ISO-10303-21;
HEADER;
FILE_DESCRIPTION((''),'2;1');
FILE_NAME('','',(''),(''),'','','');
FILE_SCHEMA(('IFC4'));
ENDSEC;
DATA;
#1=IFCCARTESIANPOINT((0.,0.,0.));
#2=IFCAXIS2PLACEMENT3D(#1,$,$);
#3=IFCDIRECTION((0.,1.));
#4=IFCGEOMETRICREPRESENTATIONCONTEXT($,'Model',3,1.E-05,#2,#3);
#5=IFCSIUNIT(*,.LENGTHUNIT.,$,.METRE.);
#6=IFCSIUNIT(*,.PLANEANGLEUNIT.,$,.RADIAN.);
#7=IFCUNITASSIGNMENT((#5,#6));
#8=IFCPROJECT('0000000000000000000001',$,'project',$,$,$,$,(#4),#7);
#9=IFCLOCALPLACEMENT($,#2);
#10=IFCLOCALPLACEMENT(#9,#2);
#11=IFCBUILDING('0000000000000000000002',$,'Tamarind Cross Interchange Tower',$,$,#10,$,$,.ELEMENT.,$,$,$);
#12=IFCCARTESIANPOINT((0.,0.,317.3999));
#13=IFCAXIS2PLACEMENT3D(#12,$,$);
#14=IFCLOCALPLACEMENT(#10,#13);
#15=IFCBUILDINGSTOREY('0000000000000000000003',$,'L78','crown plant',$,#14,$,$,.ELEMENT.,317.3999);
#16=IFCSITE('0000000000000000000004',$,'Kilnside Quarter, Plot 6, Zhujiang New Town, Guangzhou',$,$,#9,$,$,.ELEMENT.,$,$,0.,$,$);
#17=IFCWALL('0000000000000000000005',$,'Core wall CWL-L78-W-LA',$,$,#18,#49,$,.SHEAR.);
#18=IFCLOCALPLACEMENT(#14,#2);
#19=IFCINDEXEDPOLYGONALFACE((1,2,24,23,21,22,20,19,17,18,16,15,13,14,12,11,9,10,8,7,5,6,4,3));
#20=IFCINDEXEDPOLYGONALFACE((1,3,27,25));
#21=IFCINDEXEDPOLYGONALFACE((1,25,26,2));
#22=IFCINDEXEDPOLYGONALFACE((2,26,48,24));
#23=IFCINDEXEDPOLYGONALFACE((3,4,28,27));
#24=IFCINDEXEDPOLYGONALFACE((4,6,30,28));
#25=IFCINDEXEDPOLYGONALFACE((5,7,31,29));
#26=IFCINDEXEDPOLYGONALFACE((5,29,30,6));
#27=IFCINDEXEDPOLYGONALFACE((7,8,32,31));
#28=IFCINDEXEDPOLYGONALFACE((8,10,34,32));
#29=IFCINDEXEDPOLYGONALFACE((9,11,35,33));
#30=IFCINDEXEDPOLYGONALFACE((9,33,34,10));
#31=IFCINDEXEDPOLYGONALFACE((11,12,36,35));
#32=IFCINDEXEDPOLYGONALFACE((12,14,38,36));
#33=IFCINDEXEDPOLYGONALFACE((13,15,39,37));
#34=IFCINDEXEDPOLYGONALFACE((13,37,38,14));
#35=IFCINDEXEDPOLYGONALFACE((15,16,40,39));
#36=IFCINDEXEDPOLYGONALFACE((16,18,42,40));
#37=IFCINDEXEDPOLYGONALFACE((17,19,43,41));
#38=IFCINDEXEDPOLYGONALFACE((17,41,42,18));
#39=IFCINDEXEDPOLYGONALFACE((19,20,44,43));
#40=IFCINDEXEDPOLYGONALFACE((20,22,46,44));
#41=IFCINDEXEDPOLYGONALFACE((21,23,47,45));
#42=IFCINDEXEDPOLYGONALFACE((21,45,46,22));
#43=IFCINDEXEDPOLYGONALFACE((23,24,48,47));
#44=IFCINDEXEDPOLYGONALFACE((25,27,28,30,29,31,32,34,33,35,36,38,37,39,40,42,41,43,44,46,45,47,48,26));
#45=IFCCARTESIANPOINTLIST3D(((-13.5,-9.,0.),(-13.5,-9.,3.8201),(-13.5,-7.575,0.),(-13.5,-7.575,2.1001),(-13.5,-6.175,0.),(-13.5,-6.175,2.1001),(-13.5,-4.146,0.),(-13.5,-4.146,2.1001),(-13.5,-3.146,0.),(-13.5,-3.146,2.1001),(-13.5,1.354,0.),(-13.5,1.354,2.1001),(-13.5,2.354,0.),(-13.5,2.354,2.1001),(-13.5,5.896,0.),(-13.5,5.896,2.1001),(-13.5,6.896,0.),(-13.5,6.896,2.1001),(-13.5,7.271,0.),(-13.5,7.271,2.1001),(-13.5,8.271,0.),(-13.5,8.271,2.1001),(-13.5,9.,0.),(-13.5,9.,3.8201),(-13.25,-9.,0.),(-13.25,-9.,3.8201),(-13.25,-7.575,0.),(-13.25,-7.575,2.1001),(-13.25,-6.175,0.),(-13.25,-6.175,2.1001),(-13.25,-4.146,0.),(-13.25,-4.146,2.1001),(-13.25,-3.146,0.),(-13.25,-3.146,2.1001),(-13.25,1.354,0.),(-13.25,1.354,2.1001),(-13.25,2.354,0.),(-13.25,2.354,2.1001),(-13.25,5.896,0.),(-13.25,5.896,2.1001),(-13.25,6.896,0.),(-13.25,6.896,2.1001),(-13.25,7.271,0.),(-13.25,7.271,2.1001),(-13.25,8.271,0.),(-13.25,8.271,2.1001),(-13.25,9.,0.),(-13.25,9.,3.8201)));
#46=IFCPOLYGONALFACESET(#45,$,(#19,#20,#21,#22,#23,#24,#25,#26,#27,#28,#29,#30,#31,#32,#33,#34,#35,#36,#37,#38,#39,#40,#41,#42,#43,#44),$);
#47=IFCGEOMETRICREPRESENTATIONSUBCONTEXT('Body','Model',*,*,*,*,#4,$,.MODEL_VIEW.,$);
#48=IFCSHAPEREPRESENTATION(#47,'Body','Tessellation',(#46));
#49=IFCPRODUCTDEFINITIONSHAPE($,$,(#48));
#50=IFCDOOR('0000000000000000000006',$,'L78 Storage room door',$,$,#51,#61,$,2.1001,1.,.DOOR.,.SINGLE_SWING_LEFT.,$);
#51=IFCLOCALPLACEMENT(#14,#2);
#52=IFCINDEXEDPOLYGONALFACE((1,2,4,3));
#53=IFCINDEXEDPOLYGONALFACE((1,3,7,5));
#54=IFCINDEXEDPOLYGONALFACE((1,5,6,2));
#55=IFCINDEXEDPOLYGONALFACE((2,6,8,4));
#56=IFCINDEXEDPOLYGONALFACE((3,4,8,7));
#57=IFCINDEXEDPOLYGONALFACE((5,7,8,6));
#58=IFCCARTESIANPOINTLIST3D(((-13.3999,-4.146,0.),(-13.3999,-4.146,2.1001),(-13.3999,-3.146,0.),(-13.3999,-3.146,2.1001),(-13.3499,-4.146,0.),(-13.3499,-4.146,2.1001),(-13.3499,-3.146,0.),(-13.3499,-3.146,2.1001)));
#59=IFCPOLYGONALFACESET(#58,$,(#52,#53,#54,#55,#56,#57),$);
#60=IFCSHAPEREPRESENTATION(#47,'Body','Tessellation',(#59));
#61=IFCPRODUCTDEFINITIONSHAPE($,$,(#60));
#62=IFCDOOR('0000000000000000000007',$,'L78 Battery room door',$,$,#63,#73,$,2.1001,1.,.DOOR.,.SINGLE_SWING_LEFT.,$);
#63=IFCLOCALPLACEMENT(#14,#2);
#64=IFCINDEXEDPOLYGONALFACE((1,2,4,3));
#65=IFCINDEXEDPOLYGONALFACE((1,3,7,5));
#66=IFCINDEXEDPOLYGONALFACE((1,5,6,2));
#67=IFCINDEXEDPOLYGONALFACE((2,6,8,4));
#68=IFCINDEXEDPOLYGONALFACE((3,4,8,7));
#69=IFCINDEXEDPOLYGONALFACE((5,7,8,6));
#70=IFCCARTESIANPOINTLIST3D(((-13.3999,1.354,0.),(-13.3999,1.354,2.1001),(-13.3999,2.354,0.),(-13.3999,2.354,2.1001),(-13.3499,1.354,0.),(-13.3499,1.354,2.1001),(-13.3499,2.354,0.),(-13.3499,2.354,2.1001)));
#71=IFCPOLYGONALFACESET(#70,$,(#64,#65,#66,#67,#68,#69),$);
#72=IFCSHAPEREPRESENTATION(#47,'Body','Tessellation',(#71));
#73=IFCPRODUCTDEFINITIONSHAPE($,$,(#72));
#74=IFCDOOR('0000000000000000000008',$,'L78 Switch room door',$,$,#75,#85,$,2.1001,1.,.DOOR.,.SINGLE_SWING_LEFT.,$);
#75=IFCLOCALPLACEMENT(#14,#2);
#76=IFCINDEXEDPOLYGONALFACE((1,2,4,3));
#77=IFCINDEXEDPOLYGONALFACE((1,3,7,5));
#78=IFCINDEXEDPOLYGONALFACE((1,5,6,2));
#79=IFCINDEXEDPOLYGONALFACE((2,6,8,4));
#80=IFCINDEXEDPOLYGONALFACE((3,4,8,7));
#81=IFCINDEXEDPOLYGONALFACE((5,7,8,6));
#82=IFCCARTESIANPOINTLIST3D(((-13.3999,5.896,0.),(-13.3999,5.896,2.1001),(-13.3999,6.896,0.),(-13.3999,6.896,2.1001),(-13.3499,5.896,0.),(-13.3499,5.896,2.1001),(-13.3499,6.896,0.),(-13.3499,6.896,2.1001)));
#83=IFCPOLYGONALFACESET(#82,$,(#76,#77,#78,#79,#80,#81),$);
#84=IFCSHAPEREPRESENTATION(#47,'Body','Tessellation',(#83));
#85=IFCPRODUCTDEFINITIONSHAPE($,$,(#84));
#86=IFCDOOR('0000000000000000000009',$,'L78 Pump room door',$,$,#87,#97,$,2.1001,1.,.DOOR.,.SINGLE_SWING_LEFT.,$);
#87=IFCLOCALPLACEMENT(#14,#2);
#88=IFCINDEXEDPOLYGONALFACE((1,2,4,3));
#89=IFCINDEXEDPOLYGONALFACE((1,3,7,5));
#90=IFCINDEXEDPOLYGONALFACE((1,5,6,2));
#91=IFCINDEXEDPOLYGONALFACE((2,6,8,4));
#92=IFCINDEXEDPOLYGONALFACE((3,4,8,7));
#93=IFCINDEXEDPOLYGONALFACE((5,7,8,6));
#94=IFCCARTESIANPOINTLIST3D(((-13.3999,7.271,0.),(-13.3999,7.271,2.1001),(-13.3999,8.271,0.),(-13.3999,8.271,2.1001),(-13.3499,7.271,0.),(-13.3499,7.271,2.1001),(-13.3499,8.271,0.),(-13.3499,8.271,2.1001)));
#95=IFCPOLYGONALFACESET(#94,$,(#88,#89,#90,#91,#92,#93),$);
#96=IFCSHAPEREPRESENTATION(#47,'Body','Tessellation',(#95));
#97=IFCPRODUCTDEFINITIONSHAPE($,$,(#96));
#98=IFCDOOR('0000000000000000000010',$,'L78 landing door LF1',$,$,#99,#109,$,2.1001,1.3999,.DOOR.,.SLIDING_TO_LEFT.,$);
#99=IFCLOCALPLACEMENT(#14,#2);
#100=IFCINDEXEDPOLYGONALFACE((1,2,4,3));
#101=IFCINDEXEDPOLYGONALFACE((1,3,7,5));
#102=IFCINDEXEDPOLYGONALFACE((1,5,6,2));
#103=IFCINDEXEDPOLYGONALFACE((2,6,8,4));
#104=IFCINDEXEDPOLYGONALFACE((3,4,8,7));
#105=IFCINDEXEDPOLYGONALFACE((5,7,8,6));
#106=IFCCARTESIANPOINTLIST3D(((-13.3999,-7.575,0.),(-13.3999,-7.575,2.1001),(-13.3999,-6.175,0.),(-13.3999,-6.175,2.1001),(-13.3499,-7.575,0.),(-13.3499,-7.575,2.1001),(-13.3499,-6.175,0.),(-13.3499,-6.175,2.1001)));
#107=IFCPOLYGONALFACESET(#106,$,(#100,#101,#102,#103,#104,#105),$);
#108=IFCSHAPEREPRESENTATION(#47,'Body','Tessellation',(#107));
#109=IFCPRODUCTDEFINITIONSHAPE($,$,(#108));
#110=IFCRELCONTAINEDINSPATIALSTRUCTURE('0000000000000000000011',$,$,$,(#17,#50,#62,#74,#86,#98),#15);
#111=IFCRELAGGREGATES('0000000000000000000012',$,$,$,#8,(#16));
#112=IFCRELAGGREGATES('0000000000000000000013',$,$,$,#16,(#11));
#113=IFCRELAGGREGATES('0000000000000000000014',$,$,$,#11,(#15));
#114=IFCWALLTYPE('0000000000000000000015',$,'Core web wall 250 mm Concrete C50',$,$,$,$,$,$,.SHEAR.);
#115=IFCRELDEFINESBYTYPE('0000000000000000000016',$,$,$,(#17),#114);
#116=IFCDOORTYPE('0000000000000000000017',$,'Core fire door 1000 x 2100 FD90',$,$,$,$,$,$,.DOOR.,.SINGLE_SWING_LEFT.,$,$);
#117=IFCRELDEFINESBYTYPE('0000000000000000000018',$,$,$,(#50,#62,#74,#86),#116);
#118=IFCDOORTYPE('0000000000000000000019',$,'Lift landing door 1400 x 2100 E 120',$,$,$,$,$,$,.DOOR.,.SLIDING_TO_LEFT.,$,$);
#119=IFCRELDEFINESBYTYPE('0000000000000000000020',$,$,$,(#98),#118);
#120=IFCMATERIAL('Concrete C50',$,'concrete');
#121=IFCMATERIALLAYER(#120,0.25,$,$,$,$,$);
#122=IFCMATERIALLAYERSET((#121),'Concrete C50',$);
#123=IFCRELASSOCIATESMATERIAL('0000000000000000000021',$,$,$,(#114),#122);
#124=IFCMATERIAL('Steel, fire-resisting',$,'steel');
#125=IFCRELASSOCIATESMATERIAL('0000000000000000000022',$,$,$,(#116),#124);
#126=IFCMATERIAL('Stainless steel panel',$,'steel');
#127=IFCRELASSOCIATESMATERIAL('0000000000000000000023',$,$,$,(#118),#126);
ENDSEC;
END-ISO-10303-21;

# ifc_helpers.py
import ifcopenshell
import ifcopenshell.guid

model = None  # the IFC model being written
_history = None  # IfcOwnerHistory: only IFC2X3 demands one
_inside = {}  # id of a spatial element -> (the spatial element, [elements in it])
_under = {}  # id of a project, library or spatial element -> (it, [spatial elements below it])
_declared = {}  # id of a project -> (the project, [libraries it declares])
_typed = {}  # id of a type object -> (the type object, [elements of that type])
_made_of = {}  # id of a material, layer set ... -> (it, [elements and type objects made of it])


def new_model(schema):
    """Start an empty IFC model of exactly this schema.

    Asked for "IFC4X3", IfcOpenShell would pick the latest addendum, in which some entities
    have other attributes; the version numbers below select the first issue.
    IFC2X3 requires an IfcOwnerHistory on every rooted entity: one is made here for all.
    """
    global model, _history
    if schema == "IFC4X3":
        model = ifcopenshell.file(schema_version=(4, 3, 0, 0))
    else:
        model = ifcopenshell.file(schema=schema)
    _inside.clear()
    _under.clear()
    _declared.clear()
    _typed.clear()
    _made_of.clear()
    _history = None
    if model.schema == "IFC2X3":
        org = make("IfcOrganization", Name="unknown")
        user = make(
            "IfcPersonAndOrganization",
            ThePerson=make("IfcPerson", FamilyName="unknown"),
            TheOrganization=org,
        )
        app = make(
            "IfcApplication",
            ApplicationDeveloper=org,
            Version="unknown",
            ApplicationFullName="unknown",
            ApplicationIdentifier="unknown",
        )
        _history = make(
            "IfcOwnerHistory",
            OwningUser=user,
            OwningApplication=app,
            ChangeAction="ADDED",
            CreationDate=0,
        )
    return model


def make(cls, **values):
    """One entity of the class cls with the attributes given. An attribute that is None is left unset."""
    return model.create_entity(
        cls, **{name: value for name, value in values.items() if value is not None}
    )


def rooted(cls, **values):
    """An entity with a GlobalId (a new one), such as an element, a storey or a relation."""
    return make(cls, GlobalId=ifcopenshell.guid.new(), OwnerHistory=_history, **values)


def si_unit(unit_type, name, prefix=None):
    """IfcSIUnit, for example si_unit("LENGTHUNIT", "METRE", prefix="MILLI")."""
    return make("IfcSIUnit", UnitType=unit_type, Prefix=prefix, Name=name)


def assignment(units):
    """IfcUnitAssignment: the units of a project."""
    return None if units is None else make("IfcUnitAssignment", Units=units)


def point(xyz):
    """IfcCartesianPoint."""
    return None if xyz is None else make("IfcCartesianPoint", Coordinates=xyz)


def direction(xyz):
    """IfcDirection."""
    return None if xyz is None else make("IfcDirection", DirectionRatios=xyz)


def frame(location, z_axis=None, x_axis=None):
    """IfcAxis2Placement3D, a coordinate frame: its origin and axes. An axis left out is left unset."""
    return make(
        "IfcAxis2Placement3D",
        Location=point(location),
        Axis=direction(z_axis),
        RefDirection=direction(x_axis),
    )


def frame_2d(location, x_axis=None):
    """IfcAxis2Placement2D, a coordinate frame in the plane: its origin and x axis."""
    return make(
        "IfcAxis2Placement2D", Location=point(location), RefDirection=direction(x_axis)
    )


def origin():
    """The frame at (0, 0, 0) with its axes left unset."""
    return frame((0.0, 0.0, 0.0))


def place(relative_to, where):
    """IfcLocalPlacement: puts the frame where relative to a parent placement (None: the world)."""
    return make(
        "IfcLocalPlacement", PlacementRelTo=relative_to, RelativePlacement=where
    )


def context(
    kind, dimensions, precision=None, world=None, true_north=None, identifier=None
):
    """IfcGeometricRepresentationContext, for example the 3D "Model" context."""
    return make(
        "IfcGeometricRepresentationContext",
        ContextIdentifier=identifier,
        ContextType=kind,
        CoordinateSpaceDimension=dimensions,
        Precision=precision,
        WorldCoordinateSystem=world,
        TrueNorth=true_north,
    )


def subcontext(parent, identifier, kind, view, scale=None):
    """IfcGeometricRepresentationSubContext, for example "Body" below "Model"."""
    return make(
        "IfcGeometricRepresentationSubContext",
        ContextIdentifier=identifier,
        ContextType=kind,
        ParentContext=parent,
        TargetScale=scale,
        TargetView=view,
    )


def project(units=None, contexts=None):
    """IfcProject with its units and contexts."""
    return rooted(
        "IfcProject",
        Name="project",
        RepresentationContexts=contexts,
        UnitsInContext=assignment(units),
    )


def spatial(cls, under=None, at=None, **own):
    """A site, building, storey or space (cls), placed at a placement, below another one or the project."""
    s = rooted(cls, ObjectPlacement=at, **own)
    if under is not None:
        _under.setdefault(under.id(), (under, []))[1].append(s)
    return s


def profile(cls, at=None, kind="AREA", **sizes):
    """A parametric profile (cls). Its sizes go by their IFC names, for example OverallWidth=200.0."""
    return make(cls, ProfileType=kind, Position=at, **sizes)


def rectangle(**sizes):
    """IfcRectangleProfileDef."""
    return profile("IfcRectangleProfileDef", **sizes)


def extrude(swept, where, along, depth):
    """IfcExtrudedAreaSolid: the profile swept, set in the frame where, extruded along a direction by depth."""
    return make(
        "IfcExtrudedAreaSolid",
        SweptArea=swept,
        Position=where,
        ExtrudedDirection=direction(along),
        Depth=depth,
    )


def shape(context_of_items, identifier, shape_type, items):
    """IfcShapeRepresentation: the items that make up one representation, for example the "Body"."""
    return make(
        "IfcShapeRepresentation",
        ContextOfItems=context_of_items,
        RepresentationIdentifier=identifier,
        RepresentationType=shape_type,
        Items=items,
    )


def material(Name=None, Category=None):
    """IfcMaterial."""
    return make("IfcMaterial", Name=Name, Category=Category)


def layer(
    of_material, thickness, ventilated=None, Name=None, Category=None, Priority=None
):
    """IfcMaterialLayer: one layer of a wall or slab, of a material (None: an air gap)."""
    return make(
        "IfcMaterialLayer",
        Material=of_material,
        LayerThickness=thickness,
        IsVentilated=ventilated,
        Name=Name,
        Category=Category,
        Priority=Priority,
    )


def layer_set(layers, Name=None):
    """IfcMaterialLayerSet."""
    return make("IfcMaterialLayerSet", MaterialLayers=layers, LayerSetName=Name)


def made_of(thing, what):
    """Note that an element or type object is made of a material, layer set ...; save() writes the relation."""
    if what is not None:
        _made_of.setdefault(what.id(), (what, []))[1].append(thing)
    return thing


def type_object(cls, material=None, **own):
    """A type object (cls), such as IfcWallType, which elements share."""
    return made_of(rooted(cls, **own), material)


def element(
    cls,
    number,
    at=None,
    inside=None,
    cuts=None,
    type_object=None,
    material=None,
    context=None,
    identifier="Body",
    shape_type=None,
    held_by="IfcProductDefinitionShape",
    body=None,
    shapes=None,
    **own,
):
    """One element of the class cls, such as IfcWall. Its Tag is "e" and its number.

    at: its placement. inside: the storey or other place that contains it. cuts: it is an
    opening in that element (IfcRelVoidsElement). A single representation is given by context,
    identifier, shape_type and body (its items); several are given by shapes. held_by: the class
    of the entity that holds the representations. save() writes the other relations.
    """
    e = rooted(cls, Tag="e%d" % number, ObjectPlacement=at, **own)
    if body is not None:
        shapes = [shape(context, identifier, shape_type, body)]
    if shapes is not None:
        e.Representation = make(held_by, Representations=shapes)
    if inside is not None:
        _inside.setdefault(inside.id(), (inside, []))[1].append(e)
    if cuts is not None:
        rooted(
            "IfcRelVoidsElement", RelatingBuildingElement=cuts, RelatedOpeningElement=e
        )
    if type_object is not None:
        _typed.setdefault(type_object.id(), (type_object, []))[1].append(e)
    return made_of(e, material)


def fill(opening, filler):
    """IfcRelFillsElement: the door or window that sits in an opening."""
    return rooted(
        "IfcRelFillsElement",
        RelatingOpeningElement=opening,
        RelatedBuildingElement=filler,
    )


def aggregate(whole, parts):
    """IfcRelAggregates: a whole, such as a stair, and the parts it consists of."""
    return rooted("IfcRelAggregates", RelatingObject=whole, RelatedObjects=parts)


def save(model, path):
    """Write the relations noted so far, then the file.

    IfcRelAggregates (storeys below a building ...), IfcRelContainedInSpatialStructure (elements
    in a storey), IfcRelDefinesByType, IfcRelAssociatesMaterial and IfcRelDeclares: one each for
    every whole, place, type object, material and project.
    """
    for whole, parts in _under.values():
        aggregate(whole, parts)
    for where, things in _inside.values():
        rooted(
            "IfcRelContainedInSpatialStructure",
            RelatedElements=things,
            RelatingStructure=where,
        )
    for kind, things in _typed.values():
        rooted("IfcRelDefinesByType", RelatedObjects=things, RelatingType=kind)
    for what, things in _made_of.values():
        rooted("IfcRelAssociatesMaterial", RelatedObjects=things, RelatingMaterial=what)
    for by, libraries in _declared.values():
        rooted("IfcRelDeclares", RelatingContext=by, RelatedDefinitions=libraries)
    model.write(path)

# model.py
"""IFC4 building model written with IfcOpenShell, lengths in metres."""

from ifc_helpers import new_model, si_unit, direction, frame, frame_2d, origin, place, context, subcontext, project, spatial, rectangle, extrude, material, layer, layer_set, type_object, element, fill, save


model = new_model("IFC4")

# Units and contexts
model_context = context("Model", 3, precision=1e-05, world=origin(), true_north=direction((0.0, 1.0)))
body_context = subcontext(model_context, "Body", "Model", "MODEL_VIEW")
ifc_project = project(units=[si_unit("LENGTHUNIT", "METRE"), si_unit("PLANEANGLEUNIT", "RADIAN")], contexts=[model_context])

# Site, building, storey
site_placement = place(None, origin())
site = spatial("IfcSite", under=ifc_project, at=site_placement, Name="Kilnside Quarter, Plot 6, Zhujiang New Town, Guangzhou", CompositionType="ELEMENT", RefElevation=0.0)
building_placement = place(site_placement, origin())
building = spatial("IfcBuilding", under=site, at=building_placement, Name="Tamarind Cross Interchange Tower", CompositionType="ELEMENT")
storey_placement = place(building_placement, frame((0.0, 0.0, 317.3999)))
storey = spatial("IfcBuildingStorey", under=building, at=storey_placement, Name="L78", Description="crown plant", CompositionType="ELEMENT", Elevation=317.3999)

# Shared definitions
ifc_material_1 = material(Name="Concrete C50", Category="concrete")
ifc_layer_1 = layer(ifc_material_1, 0.25)
ifc_layer_set_1 = layer_set([ifc_layer_1], Name="Concrete C50")
wall_type_1 = type_object("IfcWallType", Name="Core web wall 250 mm Concrete C50", PredefinedType="SHEAR", material=ifc_layer_set_1)

# Wall, openings, doors
wall_1_placement = place(storey_placement, frame((-13.375, -9.0, 0.0), z_axis=(0.0, 0.0, 1.0), x_axis=(0.0, 1.0, 0.0)))
wall_1 = element("IfcWall", 1, at=wall_1_placement, inside=storey, type_object=wall_type_1, Name="Core wall CWL-L78-W-LA", PredefinedType="SHEAR", context=body_context, shape_type="SweptSolid", body=[
    extrude(rectangle(XDim=18.0, YDim=0.25, at=frame_2d((9.0, 0.0))), origin(), (0.0, 0.0, 1.0), 3.8201),
])
opening_1_placement = place(wall_1_placement, frame((1.425, 0.0, 0.0)))
opening_1 = element("IfcOpeningElement", 2, at=opening_1_placement, cuts=wall_1, PredefinedType="OPENING", context=body_context, shape_type="SweptSolid", body=[
    extrude(rectangle(XDim=1.3999, YDim=2.1001, at=frame_2d((0.7, 1.05))), frame((0.0, 0.135, 0.0), z_axis=(0.0, -1.0, 0.0), x_axis=(1.0, 0.0, 0.0)), (0.0, 0.0, 1.0), 0.27),
])
opening_2_placement = place(wall_1_placement, frame((4.854, 0.0, 0.0)))
opening_2 = element("IfcOpeningElement", 3, at=opening_2_placement, cuts=wall_1, PredefinedType="OPENING", context=body_context, shape_type="SweptSolid", body=[
    extrude(rectangle(XDim=1.0, YDim=2.1001, at=frame_2d((0.5, 1.05))), frame((0.0, 0.135, 0.0), z_axis=(0.0, -1.0, 0.0), x_axis=(1.0, 0.0, 0.0)), (0.0, 0.0, 1.0), 0.27),
])
opening_3_placement = place(wall_1_placement, frame((10.354, 0.0, 0.0)))
opening_3 = element("IfcOpeningElement", 4, at=opening_3_placement, cuts=wall_1, PredefinedType="OPENING", context=body_context, shape_type="SweptSolid", body=[
    extrude(rectangle(XDim=1.0, YDim=2.1001, at=frame_2d((0.5, 1.05))), frame((0.0, 0.135, 0.0), z_axis=(0.0, -1.0, 0.0), x_axis=(1.0, 0.0, 0.0)), (0.0, 0.0, 1.0), 0.27),
])
opening_4_placement = place(wall_1_placement, frame((14.896, 0.0, 0.0)))
opening_4 = element("IfcOpeningElement", 5, at=opening_4_placement, cuts=wall_1, PredefinedType="OPENING", context=body_context, shape_type="SweptSolid", body=[
    extrude(rectangle(XDim=1.0, YDim=2.1001, at=frame_2d((0.5, 1.05))), frame((0.0, 0.135, 0.0), z_axis=(0.0, -1.0, 0.0), x_axis=(1.0, 0.0, 0.0)), (0.0, 0.0, 1.0), 0.27),
])
opening_5_placement = place(wall_1_placement, frame((16.271, 0.0, 0.0)))
opening_5 = element("IfcOpeningElement", 6, at=opening_5_placement, cuts=wall_1, PredefinedType="OPENING", context=body_context, shape_type="SweptSolid", body=[
    extrude(rectangle(XDim=1.0, YDim=2.1001, at=frame_2d((0.5, 1.05))), frame((0.0, 0.135, 0.0), z_axis=(0.0, -1.0, 0.0), x_axis=(1.0, 0.0, 0.0)), (0.0, 0.0, 1.0), 0.27),
])
ifc_material_2 = material(Name="Steel, fire-resisting", Category="steel")
door_type_1 = type_object("IfcDoorType", Name="Core fire door 1000 x 2100 FD90", OperationType="SINGLE_SWING_LEFT", PredefinedType="DOOR", material=ifc_material_2)
door_1_placement = place(opening_2_placement, origin())
door_1 = element("IfcDoor", 7, at=door_1_placement, inside=storey, type_object=door_type_1, Name="L78 Storage room door", OperationType="SINGLE_SWING_LEFT", OverallHeight=2.1001, OverallWidth=1.0, PredefinedType="DOOR", context=body_context, shape_type="SweptSolid", body=[
    extrude(rectangle(XDim=1.0, YDim=2.1001, at=frame_2d((0.5, 1.05))), frame((0.0, 0.0249, 0.0), z_axis=(0.0, -1.0, 0.0), x_axis=(1.0, 0.0, 0.0)), (0.0, 0.0, 1.0), 0.05),
])
fill(opening_2, door_1)
door_2_placement = place(opening_3_placement, origin())
door_2 = element("IfcDoor", 8, at=door_2_placement, inside=storey, type_object=door_type_1, Name="L78 Battery room door", OperationType="SINGLE_SWING_LEFT", OverallHeight=2.1001, OverallWidth=1.0, PredefinedType="DOOR", context=body_context, shape_type="SweptSolid", body=[
    extrude(rectangle(XDim=1.0, YDim=2.1001, at=frame_2d((0.5, 1.05))), frame((0.0, 0.0249, 0.0), z_axis=(0.0, -1.0, 0.0), x_axis=(1.0, 0.0, 0.0)), (0.0, 0.0, 1.0), 0.05),
])
fill(opening_3, door_2)
door_3_placement = place(opening_4_placement, origin())
door_3 = element("IfcDoor", 9, at=door_3_placement, inside=storey, type_object=door_type_1, Name="L78 Switch room door", OperationType="SINGLE_SWING_LEFT", OverallHeight=2.1001, OverallWidth=1.0, PredefinedType="DOOR", context=body_context, shape_type="SweptSolid", body=[
    extrude(rectangle(XDim=1.0, YDim=2.1001, at=frame_2d((0.5, 1.05))), frame((0.0, 0.0249, 0.0), z_axis=(0.0, -1.0, 0.0), x_axis=(1.0, 0.0, 0.0)), (0.0, 0.0, 1.0), 0.05),
])
fill(opening_4, door_3)
door_4_placement = place(opening_5_placement, origin())
door_4 = element("IfcDoor", 10, at=door_4_placement, inside=storey, type_object=door_type_1, Name="L78 Pump room door", OperationType="SINGLE_SWING_LEFT", OverallHeight=2.1001, OverallWidth=1.0, PredefinedType="DOOR", context=body_context, shape_type="SweptSolid", body=[
    extrude(rectangle(XDim=1.0, YDim=2.1001, at=frame_2d((0.5, 1.05))), frame((0.0, 0.0249, 0.0), z_axis=(0.0, -1.0, 0.0), x_axis=(1.0, 0.0, 0.0)), (0.0, 0.0, 1.0), 0.05),
])
fill(opening_5, door_4)
ifc_material_3 = material(Name="Stainless steel panel", Category="steel")
door_type_2 = type_object("IfcDoorType", Name="Lift landing door 1400 x 2100 E 120", OperationType="SLIDING_TO_LEFT", PredefinedType="DOOR", material=ifc_material_3)
door_5_placement = place(opening_1_placement, origin())
door_5 = element("IfcDoor", 11, at=door_5_placement, inside=storey, type_object=door_type_2, Name="L78 landing door LF1", OperationType="SLIDING_TO_LEFT", OverallHeight=2.1001, OverallWidth=1.3999, PredefinedType="DOOR", context=body_context, shape_type="SweptSolid", body=[
    extrude(rectangle(XDim=1.3999, YDim=2.1001, at=frame_2d((0.7, 1.05))), frame((0.0, 0.0249, 0.0), z_axis=(0.0, -1.0, 0.0), x_axis=(1.0, 0.0, 0.0)), (0.0, 0.0, 1.0), 0.05),
])
fill(opening_1, door_5)

save(model, "model.ifc")
